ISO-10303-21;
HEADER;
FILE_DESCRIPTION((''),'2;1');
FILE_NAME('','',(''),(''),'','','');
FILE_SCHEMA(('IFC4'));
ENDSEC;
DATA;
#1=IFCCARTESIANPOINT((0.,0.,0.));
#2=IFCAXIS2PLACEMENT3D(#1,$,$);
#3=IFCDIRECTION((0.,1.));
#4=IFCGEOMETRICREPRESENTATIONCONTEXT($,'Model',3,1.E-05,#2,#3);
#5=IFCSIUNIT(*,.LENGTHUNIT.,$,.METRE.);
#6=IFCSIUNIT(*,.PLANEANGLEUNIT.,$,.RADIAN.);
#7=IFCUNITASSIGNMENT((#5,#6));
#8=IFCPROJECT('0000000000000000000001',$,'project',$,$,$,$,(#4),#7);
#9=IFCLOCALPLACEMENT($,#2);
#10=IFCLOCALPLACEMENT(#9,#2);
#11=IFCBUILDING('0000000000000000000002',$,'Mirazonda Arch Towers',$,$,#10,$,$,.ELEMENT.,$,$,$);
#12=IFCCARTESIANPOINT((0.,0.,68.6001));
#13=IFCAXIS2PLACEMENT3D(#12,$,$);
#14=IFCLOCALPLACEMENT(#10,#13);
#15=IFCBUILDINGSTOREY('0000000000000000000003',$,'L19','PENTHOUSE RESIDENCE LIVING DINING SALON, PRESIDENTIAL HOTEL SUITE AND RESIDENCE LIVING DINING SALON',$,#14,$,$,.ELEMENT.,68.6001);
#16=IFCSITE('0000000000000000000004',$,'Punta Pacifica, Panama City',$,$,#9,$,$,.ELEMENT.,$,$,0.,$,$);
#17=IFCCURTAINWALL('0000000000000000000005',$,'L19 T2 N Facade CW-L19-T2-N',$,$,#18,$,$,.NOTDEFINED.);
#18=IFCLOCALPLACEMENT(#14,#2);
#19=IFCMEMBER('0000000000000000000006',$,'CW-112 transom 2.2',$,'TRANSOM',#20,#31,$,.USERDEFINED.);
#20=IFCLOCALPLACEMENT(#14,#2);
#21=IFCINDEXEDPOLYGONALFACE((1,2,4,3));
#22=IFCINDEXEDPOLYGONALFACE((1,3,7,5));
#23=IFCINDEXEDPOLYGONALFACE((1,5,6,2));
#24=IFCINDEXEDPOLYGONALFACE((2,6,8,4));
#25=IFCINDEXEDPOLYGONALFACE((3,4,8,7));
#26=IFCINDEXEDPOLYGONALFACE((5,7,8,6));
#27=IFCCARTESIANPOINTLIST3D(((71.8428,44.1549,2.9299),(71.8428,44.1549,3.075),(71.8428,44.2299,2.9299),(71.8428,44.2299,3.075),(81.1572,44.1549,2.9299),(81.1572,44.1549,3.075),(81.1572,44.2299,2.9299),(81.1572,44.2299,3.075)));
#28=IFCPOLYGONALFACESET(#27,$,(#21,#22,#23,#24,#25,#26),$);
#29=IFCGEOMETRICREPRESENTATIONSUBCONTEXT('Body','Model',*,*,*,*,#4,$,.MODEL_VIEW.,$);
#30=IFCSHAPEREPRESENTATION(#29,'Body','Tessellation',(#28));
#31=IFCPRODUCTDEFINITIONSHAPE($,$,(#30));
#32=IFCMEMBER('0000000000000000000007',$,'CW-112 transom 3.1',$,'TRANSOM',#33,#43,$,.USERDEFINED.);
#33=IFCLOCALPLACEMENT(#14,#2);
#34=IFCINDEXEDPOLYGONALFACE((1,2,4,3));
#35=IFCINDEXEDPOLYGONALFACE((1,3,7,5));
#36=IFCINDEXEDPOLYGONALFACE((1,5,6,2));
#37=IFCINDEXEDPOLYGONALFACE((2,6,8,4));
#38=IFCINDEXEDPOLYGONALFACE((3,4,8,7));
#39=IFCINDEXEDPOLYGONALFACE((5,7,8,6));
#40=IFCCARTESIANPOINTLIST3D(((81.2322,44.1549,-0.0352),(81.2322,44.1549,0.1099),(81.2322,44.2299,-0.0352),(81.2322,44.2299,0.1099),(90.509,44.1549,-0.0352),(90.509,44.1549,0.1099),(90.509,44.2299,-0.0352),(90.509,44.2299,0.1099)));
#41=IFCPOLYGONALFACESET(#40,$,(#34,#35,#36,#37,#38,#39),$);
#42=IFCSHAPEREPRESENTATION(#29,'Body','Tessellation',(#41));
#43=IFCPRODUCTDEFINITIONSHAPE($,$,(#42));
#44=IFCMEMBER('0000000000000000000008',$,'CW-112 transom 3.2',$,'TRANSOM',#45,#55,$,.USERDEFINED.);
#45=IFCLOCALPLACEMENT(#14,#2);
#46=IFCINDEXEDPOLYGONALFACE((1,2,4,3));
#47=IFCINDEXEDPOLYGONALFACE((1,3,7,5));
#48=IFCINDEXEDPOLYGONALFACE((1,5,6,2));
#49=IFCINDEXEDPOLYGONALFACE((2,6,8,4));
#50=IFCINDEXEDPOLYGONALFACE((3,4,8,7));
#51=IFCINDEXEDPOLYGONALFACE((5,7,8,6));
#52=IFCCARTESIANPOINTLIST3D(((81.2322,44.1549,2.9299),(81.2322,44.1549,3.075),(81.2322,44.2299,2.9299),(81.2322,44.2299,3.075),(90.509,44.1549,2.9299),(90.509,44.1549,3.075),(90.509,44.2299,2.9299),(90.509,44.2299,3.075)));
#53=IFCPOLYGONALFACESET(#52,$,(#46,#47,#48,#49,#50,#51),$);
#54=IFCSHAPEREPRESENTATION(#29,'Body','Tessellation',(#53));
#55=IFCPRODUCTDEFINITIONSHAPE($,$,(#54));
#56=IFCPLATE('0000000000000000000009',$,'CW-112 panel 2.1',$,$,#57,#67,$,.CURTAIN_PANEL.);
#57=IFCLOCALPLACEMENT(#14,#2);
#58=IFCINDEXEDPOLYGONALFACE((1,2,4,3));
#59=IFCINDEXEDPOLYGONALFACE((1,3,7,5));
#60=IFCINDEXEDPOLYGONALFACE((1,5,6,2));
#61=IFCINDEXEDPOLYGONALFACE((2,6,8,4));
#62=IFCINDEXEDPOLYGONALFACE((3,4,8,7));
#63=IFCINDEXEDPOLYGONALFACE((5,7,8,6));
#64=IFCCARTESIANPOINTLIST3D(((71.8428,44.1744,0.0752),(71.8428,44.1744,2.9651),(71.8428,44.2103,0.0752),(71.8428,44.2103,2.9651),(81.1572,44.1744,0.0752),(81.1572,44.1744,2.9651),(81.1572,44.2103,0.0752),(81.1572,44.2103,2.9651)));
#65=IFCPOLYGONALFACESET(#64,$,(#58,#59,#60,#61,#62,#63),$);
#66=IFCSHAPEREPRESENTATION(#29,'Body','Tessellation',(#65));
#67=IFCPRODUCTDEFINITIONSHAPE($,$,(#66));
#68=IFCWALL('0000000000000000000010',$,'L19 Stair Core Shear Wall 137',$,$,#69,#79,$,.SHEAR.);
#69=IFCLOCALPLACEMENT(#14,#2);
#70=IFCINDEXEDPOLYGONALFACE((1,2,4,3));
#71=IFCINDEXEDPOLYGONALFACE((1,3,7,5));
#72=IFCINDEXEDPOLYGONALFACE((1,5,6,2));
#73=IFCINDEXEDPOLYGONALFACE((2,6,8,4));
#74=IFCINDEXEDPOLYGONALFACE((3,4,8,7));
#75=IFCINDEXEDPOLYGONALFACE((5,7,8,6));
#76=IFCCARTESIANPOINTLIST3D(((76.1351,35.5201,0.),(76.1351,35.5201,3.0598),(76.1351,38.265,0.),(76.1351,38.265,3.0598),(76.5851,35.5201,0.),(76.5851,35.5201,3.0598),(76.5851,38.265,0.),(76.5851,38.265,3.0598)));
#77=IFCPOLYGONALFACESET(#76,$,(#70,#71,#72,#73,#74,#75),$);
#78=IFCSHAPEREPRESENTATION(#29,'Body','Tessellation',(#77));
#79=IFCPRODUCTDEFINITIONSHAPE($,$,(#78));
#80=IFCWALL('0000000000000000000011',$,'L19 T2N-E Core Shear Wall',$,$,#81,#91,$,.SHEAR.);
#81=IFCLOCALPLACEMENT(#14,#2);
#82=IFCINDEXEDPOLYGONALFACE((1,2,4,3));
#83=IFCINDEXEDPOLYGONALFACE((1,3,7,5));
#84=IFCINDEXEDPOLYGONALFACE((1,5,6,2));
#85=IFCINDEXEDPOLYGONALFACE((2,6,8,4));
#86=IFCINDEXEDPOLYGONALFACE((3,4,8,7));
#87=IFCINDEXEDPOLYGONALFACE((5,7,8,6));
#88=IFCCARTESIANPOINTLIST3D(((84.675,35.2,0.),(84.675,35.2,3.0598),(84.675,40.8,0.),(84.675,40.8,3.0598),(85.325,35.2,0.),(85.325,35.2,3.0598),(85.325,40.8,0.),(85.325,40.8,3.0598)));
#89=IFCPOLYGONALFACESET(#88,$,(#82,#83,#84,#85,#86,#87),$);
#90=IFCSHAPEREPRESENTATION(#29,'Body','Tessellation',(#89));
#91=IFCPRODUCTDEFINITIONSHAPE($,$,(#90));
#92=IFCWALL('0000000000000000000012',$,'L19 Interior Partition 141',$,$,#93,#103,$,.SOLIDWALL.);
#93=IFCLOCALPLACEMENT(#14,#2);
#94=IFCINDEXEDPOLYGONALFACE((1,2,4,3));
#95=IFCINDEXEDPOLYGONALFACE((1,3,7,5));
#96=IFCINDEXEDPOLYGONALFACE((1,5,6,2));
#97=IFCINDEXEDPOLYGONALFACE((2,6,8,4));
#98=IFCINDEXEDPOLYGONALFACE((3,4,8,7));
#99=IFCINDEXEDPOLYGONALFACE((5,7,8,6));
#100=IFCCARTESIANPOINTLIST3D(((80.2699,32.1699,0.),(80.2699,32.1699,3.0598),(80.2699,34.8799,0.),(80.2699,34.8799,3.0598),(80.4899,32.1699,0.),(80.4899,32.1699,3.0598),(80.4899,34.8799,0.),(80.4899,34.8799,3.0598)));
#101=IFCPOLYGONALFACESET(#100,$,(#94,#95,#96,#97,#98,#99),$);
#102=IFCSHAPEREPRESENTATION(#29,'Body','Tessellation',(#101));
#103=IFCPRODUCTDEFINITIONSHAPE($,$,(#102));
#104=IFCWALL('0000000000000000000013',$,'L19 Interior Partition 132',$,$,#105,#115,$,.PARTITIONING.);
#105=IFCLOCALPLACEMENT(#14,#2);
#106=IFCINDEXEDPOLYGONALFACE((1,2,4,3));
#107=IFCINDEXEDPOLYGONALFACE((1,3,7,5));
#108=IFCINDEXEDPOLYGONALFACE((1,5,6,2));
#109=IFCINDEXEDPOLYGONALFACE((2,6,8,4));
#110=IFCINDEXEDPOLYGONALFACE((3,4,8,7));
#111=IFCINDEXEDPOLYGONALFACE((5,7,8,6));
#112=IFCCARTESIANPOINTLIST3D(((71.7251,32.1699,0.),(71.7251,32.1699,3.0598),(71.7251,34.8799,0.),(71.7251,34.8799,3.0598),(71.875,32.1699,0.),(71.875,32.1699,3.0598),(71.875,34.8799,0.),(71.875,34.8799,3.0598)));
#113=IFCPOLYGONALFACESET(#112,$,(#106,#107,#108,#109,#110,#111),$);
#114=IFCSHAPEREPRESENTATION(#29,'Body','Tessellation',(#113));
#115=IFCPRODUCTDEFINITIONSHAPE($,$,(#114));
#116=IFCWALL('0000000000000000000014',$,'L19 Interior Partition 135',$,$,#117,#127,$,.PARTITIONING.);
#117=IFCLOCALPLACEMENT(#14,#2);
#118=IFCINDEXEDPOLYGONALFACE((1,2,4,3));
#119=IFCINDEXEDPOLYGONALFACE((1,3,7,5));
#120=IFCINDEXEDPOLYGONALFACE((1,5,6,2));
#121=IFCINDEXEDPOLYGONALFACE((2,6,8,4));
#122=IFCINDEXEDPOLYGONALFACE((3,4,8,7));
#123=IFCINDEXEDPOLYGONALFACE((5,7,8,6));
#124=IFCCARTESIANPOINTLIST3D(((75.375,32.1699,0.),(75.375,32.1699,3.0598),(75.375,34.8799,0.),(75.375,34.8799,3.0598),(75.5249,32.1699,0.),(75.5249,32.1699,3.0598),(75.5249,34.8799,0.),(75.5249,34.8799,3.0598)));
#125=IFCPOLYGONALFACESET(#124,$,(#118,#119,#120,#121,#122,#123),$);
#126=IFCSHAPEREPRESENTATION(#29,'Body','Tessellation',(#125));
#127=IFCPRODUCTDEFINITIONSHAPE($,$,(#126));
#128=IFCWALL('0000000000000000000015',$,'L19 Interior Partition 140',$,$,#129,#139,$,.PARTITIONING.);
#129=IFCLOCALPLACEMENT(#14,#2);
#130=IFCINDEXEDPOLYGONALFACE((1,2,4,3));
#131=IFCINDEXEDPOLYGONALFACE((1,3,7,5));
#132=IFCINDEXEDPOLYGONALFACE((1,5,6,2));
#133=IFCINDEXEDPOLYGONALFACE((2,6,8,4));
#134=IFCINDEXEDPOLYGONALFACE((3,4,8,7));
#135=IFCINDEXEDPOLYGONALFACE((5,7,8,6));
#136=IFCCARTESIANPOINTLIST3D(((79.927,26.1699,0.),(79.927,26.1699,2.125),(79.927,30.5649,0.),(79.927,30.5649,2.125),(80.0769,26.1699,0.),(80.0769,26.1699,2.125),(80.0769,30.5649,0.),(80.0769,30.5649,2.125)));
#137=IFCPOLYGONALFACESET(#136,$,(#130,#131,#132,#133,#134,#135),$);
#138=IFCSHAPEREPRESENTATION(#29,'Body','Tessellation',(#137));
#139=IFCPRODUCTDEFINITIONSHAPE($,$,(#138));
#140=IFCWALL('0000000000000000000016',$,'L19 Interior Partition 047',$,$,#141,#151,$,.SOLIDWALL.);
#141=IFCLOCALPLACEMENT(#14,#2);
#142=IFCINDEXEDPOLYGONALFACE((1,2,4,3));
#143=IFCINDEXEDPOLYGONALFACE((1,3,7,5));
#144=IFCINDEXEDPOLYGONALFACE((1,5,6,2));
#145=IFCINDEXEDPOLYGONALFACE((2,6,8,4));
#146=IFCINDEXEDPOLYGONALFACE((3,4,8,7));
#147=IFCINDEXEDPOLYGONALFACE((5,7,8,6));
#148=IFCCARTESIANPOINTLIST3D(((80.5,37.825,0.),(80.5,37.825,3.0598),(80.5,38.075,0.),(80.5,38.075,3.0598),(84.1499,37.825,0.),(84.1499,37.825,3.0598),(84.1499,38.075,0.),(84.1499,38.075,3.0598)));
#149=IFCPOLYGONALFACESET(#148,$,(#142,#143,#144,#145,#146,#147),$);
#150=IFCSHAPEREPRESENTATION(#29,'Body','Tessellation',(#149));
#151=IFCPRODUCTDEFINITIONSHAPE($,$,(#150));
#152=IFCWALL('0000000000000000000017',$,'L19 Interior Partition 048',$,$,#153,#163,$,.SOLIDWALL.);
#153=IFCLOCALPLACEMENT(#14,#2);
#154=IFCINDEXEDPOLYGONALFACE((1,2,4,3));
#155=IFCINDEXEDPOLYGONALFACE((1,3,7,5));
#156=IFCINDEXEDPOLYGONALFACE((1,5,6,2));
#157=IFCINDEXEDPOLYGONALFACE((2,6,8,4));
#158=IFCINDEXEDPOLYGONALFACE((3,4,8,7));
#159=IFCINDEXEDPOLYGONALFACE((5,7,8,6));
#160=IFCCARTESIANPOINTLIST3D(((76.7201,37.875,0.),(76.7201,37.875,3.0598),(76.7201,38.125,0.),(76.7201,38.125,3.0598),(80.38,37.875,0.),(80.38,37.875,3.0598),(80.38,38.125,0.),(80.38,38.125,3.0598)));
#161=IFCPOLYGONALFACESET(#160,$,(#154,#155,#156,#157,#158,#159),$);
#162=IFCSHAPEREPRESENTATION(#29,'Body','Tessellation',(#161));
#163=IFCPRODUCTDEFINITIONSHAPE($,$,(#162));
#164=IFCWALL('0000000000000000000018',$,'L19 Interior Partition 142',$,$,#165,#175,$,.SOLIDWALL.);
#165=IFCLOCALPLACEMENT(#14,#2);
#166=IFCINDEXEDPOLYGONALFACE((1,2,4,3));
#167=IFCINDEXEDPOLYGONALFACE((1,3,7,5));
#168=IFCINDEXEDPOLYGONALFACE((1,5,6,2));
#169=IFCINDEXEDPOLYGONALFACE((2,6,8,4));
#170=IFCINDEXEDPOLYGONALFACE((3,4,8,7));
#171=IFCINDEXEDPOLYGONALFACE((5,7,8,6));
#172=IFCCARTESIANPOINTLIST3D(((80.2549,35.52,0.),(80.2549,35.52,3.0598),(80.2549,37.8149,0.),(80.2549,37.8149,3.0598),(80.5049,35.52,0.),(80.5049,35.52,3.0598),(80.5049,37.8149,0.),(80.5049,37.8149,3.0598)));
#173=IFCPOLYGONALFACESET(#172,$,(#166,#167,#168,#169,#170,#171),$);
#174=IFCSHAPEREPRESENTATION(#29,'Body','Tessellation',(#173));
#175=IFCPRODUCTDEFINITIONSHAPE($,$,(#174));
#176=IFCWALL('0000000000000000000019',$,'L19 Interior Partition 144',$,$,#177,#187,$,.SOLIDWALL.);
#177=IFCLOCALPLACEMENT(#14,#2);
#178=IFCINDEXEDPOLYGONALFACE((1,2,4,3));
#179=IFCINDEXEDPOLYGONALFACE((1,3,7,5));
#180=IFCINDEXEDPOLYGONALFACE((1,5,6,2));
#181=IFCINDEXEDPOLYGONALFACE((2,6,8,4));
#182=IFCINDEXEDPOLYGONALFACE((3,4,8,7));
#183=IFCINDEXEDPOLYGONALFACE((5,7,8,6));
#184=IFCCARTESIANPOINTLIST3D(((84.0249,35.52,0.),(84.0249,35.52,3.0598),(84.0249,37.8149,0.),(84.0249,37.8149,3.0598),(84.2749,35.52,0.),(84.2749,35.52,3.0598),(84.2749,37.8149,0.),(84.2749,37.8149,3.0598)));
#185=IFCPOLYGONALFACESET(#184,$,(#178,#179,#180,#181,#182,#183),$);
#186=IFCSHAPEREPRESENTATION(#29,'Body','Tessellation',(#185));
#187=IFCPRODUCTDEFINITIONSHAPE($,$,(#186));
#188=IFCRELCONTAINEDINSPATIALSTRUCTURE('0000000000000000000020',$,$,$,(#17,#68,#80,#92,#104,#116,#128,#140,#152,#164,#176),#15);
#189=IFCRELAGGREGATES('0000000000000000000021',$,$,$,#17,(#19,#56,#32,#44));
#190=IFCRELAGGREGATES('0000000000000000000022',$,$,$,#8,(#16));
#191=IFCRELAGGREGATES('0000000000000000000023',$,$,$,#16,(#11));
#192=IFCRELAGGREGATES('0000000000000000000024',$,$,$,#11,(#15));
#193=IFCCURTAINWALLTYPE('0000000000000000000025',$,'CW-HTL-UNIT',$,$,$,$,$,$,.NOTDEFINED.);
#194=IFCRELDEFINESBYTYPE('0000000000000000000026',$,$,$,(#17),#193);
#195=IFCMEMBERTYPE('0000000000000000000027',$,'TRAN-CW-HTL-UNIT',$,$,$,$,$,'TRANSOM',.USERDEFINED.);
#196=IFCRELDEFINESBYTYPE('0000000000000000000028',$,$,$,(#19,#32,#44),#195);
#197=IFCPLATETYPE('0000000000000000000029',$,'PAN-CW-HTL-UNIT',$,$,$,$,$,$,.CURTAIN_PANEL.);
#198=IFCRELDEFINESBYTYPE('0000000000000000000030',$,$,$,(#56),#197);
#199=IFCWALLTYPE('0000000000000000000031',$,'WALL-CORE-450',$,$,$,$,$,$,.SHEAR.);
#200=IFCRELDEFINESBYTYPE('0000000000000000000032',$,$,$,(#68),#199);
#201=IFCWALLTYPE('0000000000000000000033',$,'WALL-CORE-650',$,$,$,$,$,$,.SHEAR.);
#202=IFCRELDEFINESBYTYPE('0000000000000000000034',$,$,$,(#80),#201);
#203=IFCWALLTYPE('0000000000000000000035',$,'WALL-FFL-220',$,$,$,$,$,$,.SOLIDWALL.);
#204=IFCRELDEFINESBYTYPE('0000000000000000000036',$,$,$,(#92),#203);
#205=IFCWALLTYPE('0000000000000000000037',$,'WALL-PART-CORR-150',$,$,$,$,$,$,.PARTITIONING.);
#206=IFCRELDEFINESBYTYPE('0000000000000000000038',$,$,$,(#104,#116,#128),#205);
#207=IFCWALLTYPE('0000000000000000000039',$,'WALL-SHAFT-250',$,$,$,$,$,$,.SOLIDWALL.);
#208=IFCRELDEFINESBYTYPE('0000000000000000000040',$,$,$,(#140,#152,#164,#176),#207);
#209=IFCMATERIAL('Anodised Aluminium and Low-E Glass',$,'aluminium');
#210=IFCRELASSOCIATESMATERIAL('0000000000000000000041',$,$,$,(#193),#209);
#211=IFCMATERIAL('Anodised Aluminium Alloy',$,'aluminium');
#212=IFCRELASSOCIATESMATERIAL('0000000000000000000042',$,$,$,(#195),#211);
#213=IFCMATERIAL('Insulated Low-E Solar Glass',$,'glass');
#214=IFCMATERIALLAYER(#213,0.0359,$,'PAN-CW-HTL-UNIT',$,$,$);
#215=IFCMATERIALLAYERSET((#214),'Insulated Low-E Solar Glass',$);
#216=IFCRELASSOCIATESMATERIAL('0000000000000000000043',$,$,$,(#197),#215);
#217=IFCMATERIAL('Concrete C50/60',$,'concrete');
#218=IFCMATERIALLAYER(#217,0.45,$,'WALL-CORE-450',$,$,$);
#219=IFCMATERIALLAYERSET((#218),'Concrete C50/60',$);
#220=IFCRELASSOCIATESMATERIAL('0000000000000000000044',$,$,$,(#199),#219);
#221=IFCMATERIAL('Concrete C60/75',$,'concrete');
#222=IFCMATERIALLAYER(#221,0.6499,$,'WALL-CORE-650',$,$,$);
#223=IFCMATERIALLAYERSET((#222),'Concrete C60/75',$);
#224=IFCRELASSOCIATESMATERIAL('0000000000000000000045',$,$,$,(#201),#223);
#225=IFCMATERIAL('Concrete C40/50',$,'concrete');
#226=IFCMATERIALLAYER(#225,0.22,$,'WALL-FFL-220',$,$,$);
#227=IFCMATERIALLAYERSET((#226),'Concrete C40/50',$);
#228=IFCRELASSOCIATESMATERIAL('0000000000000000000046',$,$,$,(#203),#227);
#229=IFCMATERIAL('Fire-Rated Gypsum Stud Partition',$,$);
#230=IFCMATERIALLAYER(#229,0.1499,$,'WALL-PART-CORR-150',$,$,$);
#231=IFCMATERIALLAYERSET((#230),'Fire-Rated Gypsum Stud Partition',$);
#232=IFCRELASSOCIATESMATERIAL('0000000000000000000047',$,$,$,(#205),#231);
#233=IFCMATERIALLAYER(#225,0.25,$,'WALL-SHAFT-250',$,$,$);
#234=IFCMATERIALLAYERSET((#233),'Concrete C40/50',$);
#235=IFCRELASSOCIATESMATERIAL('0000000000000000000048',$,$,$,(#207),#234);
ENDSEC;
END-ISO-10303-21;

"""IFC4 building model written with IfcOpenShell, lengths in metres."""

from ifc_helpers import new_model, si_unit, direction, frame, frame_2d, origin, origin_2d, place, context, subcontext, project, spatial, rectangle, extrude, material, layer, layer_set, material_profile, profile_set, type_object, element, aggregate, save


model = new_model("IFC4")

# Units and contexts
model_context = context("Model", 3, precision=1e-05, world=origin(), true_north=direction((0.0, 1.0)))
body_context = subcontext(model_context, "Body", "Model", "MODEL_VIEW")
ifc_project = project(units=[si_unit("LENGTHUNIT", "METRE"), si_unit("PLANEANGLEUNIT", "RADIAN")], contexts=[model_context])

# Site, building, storey
site_placement = place(None, origin())
site = spatial("IfcSite", under=ifc_project, at=site_placement, Name="Punta Pacifica, Panama City", CompositionType="ELEMENT", RefElevation=0.0)
building_placement = place(site_placement, origin())
building = spatial("IfcBuilding", under=site, at=building_placement, Name="Mirazonda Arch Towers", CompositionType="ELEMENT")
storey_placement = place(building_placement, frame((0.0, 0.0, 68.6001)))
storey = spatial("IfcBuildingStorey", under=building, at=storey_placement, Name="L19", Description="PENTHOUSE RESIDENCE LIVING DINING SALON, PRESIDENTIAL HOTEL SUITE AND RESIDENCE LIVING DINING SALON", CompositionType="ELEMENT", Elevation=68.6001)

# Shared definitions
ifc_material_1 = material(Name="Concrete C60/75", Category="concrete")

# Curtain wall, members, plate
ifc_material_2 = material(Name="Anodised Aluminium and Low-E Glass", Category="aluminium")
curtain_wall_type = type_object("IfcCurtainWallType", Name="CW-HTL-UNIT", PredefinedType="NOTDEFINED", material=ifc_material_2)
curtain_wall_placement = place(storey_placement, origin())
curtain_wall = element("IfcCurtainWall", 1, at=curtain_wall_placement, inside=storey, type_object=curtain_wall_type, Name="L19 T2 N Facade CW-L19-T2-N", PredefinedType="NOTDEFINED")
ifc_material_3 = material(Name="Anodised Aluminium Alloy", Category="aluminium")
ifc_material_profile_1 = material_profile(ifc_material_3, rectangle(XDim=0.075, YDim=0.145, at=origin_2d()), Name="ALU-TRAN-75x145")
ifc_profile_set_1 = profile_set([ifc_material_profile_1], Name="Anodised Aluminium Alloy")
member_type_1 = type_object("IfcMemberType", Name="TRAN-CW-HTL-UNIT", ElementType="TRANSOM", PredefinedType="USERDEFINED", material=ifc_profile_set_1)
member_1_placement = place(storey_placement, frame((71.8428, 44.1924, 3.0024), z_axis=(1.0, 0.0, 0.0), x_axis=(0.0, 1.0, 0.0)))
member_1 = element("IfcMember", 2, at=member_1_placement, type_object=member_type_1, Name="CW-112 transom 2.2", ObjectType="TRANSOM", PredefinedType="USERDEFINED", context=body_context, shape_type="SweptSolid", body=[
    extrude(rectangle(XDim=0.075, YDim=0.145, at=origin_2d()), origin(), (0.0, 0.0, 1.0), 9.3145),
])
member_2_placement = place(storey_placement, frame((81.2322, 44.1924, 0.0374), z_axis=(1.0, 0.0, 0.0), x_axis=(0.0, 1.0, 0.0)))
member_2 = element("IfcMember", 3, at=member_2_placement, type_object=member_type_1, Name="CW-112 transom 3.1", ObjectType="TRANSOM", PredefinedType="USERDEFINED", context=body_context, shape_type="SweptSolid", body=[
    extrude(rectangle(XDim=0.075, YDim=0.145, at=origin_2d()), origin(), (0.0, 0.0, 1.0), 9.2769),
])
member_3_placement = place(storey_placement, frame((81.2322, 44.1924, 3.0024), z_axis=(1.0, 0.0, 0.0), x_axis=(0.0, 1.0, 0.0)))
member_3 = element("IfcMember", 4, at=member_3_placement, type_object=member_type_1, Name="CW-112 transom 3.2", ObjectType="TRANSOM", PredefinedType="USERDEFINED", context=body_context, shape_type="SweptSolid", body=[
    extrude(rectangle(XDim=0.075, YDim=0.145, at=origin_2d()), origin(), (0.0, 0.0, 1.0), 9.2769),
])
ifc_material_4 = material(Name="Insulated Low-E Solar Glass", Category="glass")
ifc_layer_1 = layer(ifc_material_4, 0.0359, Name="PAN-CW-HTL-UNIT")
ifc_layer_set_1 = layer_set([ifc_layer_1], Name="Insulated Low-E Solar Glass")
plate_type = type_object("IfcPlateType", Name="PAN-CW-HTL-UNIT", PredefinedType="CURTAIN_PANEL", material=ifc_layer_set_1)
plate_placement = place(storey_placement, frame((76.5, 44.1924, 0.0752), z_axis=(0.0, 0.0, 1.0), x_axis=(1.0, 0.0, 0.0)))
plate = element("IfcPlate", 5, at=plate_placement, type_object=plate_type, Name="CW-112 panel 2.1", PredefinedType="CURTAIN_PANEL", context=body_context, shape_type="SweptSolid", body=[
    extrude(rectangle(XDim=9.3145, YDim=0.0359, at=origin_2d()), origin(), (0.0, 0.0, 1.0), 2.8899),
])
aggregate(curtain_wall, [member_1, plate, member_2, member_3])

# Walls
ifc_material_5 = material(Name="Concrete C50/60", Category="concrete")
ifc_layer_2 = layer(ifc_material_5, 0.45, Name="WALL-CORE-450")
ifc_layer_set_2 = layer_set([ifc_layer_2], Name="Concrete C50/60")
wall_type_1 = type_object("IfcWallType", Name="WALL-CORE-450", PredefinedType="SHEAR", material=ifc_layer_set_2)
wall_1_placement = place(storey_placement, frame((76.3601, 35.52, 0.0), z_axis=(0.0, 0.0, 1.0), x_axis=(0.0, 1.0, 0.0)))
element("IfcWall", 6, at=wall_1_placement, inside=storey, type_object=wall_type_1, Name="L19 Stair Core Shear Wall 137", PredefinedType="SHEAR", context=body_context, shape_type="SweptSolid", body=[
    extrude(rectangle(XDim=2.7449, YDim=0.45, at=frame_2d((1.3726, 0.0))), origin(), (0.0, 0.0, 1.0), 3.0598),
])
ifc_layer_3 = layer(ifc_material_1, 0.6499, Name="WALL-CORE-650")
ifc_layer_set_3 = layer_set([ifc_layer_3], Name="Concrete C60/75")
wall_type_2 = type_object("IfcWallType", Name="WALL-CORE-650", PredefinedType="SHEAR", material=ifc_layer_set_3)
wall_2_placement = place(storey_placement, frame((85.0, 35.2, 0.0), z_axis=(0.0, 0.0, 1.0), x_axis=(0.0, 1.0, 0.0)))
element("IfcWall", 7, at=wall_2_placement, inside=storey, type_object=wall_type_2, Name="L19 T2N-E Core Shear Wall", PredefinedType="SHEAR", context=body_context, shape_type="SweptSolid", body=[
    extrude(rectangle(XDim=5.6001, YDim=0.6499, at=frame_2d((2.8, 0.0))), origin(), (0.0, 0.0, 1.0), 3.0598),
])
ifc_material_6 = material(Name="Concrete C40/50", Category="concrete")
ifc_layer_4 = layer(ifc_material_6, 0.22, Name="WALL-FFL-220")
ifc_layer_set_4 = layer_set([ifc_layer_4], Name="Concrete C40/50")
wall_type_3 = type_object("IfcWallType", Name="WALL-FFL-220", PredefinedType="SOLIDWALL", material=ifc_layer_set_4)
wall_3_placement = place(storey_placement, frame((80.3799, 32.1699, 0.0), z_axis=(0.0, 0.0, 1.0), x_axis=(0.0, 1.0, 0.0)))
element("IfcWall", 8, at=wall_3_placement, inside=storey, type_object=wall_type_3, Name="L19 Interior Partition 141", PredefinedType="SOLIDWALL", context=body_context, shape_type="SweptSolid", body=[
    extrude(rectangle(XDim=2.71, YDim=0.22, at=frame_2d((1.355, 0.0))), origin(), (0.0, 0.0, 1.0), 3.0598),
])
ifc_material_7 = material(Name="Fire-Rated Gypsum Stud Partition")
ifc_layer_5 = layer(ifc_material_7, 0.1499, Name="WALL-PART-CORR-150")
ifc_layer_set_5 = layer_set([ifc_layer_5], Name="Fire-Rated Gypsum Stud Partition")
wall_type_4 = type_object("IfcWallType", Name="WALL-PART-CORR-150", PredefinedType="PARTITIONING", material=ifc_layer_set_5)
for number, where, z_axis, x_axis, name in (
    (9, (71.8, 32.1699, 0.0), (0.0, 0.0, 1.0), (0.0, 1.0, 0.0), "L19 Interior Partition 132"),
    (10, (75.45, 32.1699, 0.0), (0.0, 0.0, 1.0), (0.0, 1.0, 0.0), "L19 Interior Partition 135"),
):
    element("IfcWall", number, at=place(storey_placement, frame(where, z_axis=z_axis, x_axis=x_axis)), inside=storey, type_object=wall_type_4, Name=name, PredefinedType="PARTITIONING", context=body_context, shape_type="SweptSolid", body=[
        extrude(rectangle(XDim=2.71, YDim=0.1499, at=frame_2d((1.355, 0.0))), origin(), (0.0, 0.0, 1.0), 3.0598),
    ])
wall_4_placement = place(storey_placement, frame((80.002, 26.1699, 0.0), z_axis=(0.0, 0.0, 1.0), x_axis=(0.0, 1.0, 0.0)))
element("IfcWall", 11, at=wall_4_placement, inside=storey, type_object=wall_type_4, Name="L19 Interior Partition 140", PredefinedType="PARTITIONING", context=body_context, shape_type="SweptSolid", body=[
    extrude(rectangle(XDim=4.395, YDim=0.1499, at=frame_2d((2.1975, 0.0))), origin(), (0.0, 0.0, 1.0), 2.125),
])
ifc_layer_6 = layer(ifc_material_6, 0.25, Name="WALL-SHAFT-250")
ifc_layer_set_6 = layer_set([ifc_layer_6], Name="Concrete C40/50")
wall_type_5 = type_object("IfcWallType", Name="WALL-SHAFT-250", PredefinedType="SOLIDWALL", material=ifc_layer_set_6)
wall_5_placement = place(storey_placement, frame((80.5, 37.95, 0.0), z_axis=(0.0, 0.0, 1.0), x_axis=(1.0, 0.0, 0.0)))
element("IfcWall", 12, at=wall_5_placement, inside=storey, type_object=wall_type_5, Name="L19 Interior Partition 047", PredefinedType="SOLIDWALL", context=body_context, shape_type="SweptSolid", body=[
    extrude(rectangle(XDim=3.6499, YDim=0.25, at=frame_2d((1.825, 0.0))), origin(), (0.0, 0.0, 1.0), 3.0598),
])
wall_6_placement = place(storey_placement, frame((76.72, 38.0, 0.0), z_axis=(0.0, 0.0, 1.0), x_axis=(1.0, 0.0, 0.0)))
element("IfcWall", 13, at=wall_6_placement, inside=storey, type_object=wall_type_5, Name="L19 Interior Partition 048", PredefinedType="SOLIDWALL", context=body_context, shape_type="SweptSolid", body=[
    extrude(rectangle(XDim=3.6599, YDim=0.25, at=frame_2d((1.8301, 0.0))), origin(), (0.0, 0.0, 1.0), 3.0598),
])
for number, where, z_axis, x_axis, name in (
    (14, (80.3799, 35.52, 0.0), (0.0, 0.0, 1.0), (0.0, 1.0, 0.0), "L19 Interior Partition 142"),
    (15, (84.1499, 35.52, 0.0), (0.0, 0.0, 1.0), (0.0, 1.0, 0.0), "L19 Interior Partition 144"),
):
    element("IfcWall", number, at=place(storey_placement, frame(where, z_axis=z_axis, x_axis=x_axis)), inside=storey, type_object=wall_type_5, Name=name, PredefinedType="SOLIDWALL", context=body_context, shape_type="SweptSolid", body=[
        extrude(rectangle(XDim=2.2949, YDim=0.25, at=frame_2d((1.1475, 0.0))), origin(), (0.0, 0.0, 1.0), 3.0598),
    ])

save(model, "model.ifc")
